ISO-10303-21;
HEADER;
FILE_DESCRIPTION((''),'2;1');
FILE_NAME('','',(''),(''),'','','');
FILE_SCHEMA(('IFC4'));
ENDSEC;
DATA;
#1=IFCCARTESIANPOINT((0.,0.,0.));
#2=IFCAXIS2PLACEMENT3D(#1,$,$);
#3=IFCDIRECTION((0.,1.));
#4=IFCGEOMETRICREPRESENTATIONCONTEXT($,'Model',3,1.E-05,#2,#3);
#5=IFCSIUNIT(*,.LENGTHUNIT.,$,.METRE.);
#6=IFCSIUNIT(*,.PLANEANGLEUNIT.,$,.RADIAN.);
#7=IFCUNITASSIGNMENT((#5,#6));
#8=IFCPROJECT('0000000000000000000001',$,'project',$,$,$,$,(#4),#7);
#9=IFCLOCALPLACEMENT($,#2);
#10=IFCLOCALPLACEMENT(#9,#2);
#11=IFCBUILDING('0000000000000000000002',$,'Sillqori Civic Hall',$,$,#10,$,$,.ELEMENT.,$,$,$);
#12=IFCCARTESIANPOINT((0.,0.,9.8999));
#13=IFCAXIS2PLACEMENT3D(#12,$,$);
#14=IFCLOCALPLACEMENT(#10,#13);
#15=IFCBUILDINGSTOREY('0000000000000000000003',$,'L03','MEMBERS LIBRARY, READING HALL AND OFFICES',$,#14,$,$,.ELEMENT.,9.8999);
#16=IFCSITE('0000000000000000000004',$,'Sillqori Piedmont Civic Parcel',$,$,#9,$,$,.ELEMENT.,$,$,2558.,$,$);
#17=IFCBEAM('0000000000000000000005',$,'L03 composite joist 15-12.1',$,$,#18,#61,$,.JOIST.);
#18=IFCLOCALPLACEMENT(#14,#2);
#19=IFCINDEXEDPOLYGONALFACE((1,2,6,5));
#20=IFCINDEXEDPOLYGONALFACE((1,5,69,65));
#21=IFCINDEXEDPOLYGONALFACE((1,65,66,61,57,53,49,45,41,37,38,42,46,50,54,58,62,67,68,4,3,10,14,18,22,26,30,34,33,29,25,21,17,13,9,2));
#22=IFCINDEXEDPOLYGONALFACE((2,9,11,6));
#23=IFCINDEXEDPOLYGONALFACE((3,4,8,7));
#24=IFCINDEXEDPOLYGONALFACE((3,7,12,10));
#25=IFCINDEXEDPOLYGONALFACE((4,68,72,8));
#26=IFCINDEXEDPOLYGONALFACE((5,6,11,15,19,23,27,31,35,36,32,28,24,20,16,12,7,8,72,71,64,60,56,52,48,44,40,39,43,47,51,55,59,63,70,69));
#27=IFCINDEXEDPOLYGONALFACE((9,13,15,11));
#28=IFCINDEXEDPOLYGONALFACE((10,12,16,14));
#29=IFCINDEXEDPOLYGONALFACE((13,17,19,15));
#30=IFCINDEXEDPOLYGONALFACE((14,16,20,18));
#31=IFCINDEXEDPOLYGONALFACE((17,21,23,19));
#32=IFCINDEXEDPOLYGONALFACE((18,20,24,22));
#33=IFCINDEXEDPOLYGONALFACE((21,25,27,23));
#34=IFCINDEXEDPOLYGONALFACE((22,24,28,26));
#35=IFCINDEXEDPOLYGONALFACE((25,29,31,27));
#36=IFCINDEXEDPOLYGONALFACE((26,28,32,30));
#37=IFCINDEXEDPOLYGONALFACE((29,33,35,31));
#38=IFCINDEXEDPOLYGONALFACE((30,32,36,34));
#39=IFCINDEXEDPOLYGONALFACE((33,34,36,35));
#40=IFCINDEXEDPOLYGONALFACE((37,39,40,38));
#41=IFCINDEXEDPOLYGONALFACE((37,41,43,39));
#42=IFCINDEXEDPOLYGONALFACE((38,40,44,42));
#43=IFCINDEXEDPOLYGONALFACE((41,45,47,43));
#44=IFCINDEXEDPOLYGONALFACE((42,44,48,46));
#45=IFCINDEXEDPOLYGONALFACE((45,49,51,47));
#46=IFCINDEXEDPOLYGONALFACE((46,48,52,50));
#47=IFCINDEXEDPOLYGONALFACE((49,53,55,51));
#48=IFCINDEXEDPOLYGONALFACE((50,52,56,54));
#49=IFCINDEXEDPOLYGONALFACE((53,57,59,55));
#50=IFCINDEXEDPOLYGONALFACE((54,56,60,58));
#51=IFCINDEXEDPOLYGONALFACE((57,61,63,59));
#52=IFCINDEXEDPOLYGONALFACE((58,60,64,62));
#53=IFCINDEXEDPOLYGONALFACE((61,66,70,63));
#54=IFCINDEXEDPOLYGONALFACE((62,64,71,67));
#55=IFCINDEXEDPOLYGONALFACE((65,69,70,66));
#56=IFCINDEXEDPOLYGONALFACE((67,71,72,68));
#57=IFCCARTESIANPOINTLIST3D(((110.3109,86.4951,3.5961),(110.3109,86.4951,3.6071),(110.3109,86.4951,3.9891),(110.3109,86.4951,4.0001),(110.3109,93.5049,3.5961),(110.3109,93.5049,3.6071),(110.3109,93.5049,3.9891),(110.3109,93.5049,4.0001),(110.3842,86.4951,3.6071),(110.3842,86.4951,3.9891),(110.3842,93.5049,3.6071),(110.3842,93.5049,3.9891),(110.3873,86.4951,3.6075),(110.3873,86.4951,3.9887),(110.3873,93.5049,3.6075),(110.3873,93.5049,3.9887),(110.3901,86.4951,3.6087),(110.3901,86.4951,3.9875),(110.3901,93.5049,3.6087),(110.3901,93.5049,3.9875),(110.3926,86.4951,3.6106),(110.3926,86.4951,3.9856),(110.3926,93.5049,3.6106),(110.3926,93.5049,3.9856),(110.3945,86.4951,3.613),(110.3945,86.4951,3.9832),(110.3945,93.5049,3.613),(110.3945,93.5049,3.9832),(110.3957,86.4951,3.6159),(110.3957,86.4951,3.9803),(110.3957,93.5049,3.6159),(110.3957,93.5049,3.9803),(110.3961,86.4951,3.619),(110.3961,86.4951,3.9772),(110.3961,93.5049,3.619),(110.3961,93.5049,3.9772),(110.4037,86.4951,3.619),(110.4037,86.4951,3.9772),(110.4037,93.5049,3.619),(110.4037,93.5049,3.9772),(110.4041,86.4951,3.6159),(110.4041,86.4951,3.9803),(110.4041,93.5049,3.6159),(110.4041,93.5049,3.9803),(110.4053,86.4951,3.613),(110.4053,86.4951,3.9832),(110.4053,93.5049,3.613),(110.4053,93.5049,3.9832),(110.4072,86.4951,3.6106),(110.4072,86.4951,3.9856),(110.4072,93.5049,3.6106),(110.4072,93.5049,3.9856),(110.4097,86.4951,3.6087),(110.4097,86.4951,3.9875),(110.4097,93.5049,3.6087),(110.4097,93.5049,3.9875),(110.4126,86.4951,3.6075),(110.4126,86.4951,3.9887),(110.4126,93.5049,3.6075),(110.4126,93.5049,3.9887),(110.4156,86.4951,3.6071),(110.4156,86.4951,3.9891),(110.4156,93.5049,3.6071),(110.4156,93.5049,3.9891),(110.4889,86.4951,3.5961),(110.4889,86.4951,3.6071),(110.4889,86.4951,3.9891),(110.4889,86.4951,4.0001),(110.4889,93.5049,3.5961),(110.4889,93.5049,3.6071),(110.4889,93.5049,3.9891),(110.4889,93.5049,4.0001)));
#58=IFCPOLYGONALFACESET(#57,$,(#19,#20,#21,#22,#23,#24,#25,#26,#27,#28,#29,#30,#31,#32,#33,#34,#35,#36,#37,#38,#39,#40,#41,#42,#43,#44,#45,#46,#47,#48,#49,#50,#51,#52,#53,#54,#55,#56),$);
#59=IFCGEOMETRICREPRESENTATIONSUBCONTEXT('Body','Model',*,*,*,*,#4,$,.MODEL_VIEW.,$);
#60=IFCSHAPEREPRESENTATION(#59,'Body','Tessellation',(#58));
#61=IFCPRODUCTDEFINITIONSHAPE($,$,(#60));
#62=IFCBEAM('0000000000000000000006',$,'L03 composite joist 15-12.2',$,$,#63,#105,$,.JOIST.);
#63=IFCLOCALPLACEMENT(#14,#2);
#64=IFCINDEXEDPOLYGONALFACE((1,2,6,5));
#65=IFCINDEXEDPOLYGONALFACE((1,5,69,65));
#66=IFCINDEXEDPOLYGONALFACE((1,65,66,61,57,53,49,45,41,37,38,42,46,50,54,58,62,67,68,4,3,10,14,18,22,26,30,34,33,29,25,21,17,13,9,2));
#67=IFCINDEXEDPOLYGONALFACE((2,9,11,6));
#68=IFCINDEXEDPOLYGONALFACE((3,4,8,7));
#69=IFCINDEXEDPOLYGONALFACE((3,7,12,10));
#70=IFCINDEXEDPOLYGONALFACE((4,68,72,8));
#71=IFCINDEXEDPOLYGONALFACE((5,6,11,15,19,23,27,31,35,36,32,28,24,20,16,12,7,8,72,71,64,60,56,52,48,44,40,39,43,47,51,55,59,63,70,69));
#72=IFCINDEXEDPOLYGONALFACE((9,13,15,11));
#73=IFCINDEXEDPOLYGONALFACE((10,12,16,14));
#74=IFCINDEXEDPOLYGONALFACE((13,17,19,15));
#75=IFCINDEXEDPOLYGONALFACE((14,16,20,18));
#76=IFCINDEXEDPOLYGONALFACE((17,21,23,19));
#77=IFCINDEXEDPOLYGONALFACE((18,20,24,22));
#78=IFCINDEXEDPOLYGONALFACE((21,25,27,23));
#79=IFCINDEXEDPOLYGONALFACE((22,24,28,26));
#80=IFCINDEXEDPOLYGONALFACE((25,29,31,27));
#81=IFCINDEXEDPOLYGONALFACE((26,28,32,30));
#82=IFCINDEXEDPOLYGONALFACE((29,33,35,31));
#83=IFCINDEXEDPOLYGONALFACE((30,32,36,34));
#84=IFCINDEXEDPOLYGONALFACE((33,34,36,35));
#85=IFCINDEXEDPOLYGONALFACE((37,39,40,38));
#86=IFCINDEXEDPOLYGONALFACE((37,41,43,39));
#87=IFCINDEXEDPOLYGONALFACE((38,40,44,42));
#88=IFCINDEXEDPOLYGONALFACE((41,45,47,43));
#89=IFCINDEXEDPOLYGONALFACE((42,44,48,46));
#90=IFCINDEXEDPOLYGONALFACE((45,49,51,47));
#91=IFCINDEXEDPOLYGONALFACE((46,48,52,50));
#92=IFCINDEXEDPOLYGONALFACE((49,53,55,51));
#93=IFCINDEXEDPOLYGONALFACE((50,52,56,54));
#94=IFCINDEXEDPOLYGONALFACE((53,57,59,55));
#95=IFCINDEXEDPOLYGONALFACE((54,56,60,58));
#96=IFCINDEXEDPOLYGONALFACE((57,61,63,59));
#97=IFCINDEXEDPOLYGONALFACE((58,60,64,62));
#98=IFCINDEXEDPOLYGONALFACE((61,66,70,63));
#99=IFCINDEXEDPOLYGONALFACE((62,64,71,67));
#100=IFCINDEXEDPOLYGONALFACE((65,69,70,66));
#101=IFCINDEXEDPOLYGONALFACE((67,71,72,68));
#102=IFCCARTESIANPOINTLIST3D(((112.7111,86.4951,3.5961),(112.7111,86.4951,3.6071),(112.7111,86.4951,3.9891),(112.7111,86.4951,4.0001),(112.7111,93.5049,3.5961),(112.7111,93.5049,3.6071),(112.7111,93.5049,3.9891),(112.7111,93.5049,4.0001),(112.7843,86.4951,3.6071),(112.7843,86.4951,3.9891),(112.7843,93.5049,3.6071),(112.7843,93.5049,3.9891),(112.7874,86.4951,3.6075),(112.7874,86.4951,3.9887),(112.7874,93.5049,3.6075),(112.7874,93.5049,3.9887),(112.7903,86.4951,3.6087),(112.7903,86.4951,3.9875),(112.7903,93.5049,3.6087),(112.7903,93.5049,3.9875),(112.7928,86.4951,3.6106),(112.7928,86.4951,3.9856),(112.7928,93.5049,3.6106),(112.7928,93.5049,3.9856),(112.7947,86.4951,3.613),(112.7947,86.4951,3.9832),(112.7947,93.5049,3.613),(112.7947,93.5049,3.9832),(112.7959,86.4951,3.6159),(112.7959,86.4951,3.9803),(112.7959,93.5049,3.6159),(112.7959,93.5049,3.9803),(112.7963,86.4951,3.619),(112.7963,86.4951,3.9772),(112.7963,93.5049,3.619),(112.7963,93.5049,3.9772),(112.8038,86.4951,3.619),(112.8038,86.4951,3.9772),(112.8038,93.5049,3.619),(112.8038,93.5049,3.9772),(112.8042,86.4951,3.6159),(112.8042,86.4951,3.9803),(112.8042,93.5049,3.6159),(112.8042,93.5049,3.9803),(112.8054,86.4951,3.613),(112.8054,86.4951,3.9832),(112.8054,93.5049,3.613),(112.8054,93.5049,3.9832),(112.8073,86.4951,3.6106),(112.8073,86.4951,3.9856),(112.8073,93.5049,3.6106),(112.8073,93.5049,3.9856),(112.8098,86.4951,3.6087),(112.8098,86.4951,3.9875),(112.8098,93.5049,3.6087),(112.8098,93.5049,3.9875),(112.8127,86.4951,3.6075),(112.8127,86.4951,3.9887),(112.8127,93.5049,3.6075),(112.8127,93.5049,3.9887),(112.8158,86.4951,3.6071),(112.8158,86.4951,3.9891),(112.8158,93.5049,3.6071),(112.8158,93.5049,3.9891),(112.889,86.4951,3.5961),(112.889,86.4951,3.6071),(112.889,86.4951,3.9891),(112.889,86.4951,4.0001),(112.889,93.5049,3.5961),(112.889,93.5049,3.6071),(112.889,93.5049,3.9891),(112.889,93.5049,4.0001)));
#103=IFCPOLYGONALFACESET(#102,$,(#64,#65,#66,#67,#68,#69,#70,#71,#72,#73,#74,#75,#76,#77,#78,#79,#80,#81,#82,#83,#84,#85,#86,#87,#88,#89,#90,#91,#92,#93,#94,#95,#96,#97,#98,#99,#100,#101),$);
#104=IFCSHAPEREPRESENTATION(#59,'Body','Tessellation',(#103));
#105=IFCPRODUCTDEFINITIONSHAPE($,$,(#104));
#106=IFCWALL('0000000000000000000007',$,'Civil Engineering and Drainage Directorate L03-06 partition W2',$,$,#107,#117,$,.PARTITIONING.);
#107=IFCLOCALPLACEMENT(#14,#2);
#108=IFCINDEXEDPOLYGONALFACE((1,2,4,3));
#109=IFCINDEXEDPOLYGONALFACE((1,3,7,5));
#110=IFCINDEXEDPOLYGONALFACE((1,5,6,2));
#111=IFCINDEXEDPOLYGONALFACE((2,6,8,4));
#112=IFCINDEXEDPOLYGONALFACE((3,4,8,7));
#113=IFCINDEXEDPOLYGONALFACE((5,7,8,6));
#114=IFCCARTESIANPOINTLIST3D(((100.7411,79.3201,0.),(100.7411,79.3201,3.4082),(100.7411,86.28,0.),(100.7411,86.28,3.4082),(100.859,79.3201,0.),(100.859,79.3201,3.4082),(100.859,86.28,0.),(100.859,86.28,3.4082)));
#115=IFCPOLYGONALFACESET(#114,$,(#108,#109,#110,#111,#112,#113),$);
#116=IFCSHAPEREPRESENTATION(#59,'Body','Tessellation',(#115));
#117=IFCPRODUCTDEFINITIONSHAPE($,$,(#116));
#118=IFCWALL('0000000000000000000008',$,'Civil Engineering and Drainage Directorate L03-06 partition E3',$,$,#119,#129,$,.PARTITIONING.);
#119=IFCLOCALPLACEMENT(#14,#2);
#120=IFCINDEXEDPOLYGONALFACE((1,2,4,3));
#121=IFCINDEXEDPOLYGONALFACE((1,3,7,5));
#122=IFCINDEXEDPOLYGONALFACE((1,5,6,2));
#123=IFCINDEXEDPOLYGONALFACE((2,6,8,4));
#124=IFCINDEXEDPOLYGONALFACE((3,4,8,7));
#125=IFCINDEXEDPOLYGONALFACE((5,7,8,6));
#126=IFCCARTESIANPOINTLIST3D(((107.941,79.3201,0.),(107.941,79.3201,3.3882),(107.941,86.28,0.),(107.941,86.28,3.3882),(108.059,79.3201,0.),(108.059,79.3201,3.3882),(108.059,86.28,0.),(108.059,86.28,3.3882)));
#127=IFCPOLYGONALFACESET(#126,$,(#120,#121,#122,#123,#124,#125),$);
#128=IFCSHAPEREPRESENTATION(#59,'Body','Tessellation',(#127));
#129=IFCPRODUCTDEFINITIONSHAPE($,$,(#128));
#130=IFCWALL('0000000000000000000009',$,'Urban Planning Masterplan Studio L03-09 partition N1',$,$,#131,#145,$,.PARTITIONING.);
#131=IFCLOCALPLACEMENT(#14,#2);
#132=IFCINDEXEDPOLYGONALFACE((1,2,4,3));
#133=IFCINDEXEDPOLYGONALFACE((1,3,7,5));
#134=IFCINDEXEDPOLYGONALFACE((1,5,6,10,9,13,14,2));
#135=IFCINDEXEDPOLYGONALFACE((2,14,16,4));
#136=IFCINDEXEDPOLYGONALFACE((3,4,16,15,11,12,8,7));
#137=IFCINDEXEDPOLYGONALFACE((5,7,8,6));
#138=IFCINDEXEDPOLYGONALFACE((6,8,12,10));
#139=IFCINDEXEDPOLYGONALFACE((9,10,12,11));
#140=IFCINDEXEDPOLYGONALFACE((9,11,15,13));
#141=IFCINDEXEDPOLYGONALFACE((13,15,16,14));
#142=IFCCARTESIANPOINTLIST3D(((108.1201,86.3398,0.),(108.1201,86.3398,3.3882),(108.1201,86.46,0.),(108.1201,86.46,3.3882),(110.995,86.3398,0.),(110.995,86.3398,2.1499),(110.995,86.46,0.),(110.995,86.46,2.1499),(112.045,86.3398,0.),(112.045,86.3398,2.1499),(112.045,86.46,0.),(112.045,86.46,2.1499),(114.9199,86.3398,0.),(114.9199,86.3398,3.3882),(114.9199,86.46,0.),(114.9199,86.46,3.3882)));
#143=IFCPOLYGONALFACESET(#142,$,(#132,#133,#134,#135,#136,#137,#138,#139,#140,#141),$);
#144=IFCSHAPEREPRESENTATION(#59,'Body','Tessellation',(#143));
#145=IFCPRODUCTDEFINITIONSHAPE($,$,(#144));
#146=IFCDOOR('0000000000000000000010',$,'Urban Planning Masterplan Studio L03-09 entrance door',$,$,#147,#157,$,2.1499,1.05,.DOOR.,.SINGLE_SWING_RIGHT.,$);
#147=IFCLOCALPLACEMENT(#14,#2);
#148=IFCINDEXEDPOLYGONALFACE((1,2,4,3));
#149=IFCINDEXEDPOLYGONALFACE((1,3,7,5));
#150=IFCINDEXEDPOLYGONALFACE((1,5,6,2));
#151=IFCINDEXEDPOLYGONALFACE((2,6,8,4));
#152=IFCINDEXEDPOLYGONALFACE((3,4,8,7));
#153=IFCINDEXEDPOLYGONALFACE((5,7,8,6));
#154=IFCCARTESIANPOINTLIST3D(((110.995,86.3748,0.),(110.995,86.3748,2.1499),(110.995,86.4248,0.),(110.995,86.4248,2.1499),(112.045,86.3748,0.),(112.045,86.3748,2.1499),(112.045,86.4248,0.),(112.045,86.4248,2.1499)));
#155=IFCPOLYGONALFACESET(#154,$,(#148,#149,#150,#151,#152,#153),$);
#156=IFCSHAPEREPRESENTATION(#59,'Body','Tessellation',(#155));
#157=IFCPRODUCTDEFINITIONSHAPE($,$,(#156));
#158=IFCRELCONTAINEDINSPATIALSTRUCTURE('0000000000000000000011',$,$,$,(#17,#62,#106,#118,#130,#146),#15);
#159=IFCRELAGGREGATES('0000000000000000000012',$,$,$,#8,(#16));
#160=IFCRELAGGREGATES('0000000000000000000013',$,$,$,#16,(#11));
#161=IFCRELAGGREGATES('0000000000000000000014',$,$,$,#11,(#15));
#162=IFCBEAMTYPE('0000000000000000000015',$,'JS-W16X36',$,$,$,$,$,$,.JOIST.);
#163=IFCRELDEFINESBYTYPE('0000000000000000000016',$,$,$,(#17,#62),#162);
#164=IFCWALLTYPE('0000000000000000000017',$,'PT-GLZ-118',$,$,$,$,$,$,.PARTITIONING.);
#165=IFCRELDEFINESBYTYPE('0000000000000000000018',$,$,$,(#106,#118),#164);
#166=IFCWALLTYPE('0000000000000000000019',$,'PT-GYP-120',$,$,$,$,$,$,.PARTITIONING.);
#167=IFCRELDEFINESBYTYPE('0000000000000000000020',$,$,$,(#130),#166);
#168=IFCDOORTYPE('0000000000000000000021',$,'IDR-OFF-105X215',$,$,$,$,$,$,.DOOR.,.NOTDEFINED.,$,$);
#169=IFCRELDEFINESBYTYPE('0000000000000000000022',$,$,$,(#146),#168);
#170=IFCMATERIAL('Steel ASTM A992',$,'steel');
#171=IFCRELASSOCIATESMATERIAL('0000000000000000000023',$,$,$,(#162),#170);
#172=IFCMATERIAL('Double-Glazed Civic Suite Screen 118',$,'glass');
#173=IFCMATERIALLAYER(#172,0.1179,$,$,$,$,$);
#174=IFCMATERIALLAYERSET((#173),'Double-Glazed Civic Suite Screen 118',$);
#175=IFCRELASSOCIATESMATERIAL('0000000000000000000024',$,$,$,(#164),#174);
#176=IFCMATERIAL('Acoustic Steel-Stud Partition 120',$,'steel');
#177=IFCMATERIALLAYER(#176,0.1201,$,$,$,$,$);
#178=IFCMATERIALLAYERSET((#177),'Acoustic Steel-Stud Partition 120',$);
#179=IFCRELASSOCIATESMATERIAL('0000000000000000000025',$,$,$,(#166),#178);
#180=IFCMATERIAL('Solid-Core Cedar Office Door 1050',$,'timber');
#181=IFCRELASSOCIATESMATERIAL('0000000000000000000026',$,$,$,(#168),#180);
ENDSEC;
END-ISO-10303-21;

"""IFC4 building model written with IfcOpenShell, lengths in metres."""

from ifc_helpers import new_model, si_unit, direction, frame, frame_2d, origin, origin_2d, place, context, subcontext, project, spatial, rectangle, i_section, extrude, material, layer, layer_set, material_profile, profile_set, type_object, element, fill, save


model = new_model("IFC4")

# Units and contexts
model_context = context("Model", 3, precision=1e-05, world=origin(), true_north=direction((0.0, 1.0)))
body_context = subcontext(model_context, "Body", "Model", "MODEL_VIEW")
ifc_project = project(units=[si_unit("LENGTHUNIT", "METRE"), si_unit("PLANEANGLEUNIT", "RADIAN")], contexts=[model_context])

# Site, building, storey
site_placement = place(None, origin())
site = spatial("IfcSite", under=ifc_project, at=site_placement, Name="Sillqori Piedmont Civic Parcel", CompositionType="ELEMENT", RefElevation=2558.0)
building_placement = place(site_placement, origin())
building = spatial("IfcBuilding", under=site, at=building_placement, Name="Sillqori Civic Hall", CompositionType="ELEMENT")
storey_placement = place(building_placement, frame((0.0, 0.0, 9.8999)))
storey = spatial("IfcBuildingStorey", under=building, at=storey_placement, Name="L03", Description="MEMBERS LIBRARY, READING HALL AND OFFICES", CompositionType="ELEMENT", Elevation=9.8999)

# Shared definitions
ifc_material_1 = material(Name="Steel ASTM A992", Category="steel")

# Beams
ifc_material_profile_1 = material_profile(ifc_material_1, i_section(OverallWidth=0.178, OverallDepth=0.4041, WebThickness=0.0076, FlangeThickness=0.011, FilletRadius=0.012, at=origin_2d()), Name="W16X36")
ifc_profile_set_1 = profile_set([ifc_material_profile_1], Name="Steel ASTM A992")
beam_type_1 = type_object("IfcBeamType", Name="JS-W16X36", PredefinedType="JOIST", material=ifc_profile_set_1)
for number, where, z_axis, x_axis, name in (
    (1, (110.3999, 86.4951, 3.7981), (0.0, 1.0, 0.0), (-1.0, 0.0, 0.0), "L03 composite joist 15-12.1"),
    (2, (112.8, 86.4951, 3.7981), (0.0, 1.0, 0.0), (-1.0, 0.0, 0.0), "L03 composite joist 15-12.2"),
):
    element("IfcBeam", number, at=place(storey_placement, frame(where, z_axis=z_axis, x_axis=x_axis)), inside=storey, type_object=beam_type_1, Name=name, PredefinedType="JOIST", context=body_context, shape_type="SweptSolid", body=[
        extrude(i_section(OverallWidth=0.178, OverallDepth=0.4041, WebThickness=0.0076, FlangeThickness=0.011, FilletRadius=0.012, at=origin_2d()), origin(), (0.0, 0.0, 1.0), 7.0098),
    ])

# Walls
ifc_material_2 = material(Name="Double-Glazed Civic Suite Screen 118", Category="glass")
ifc_layer_1 = layer(ifc_material_2, 0.1179)
ifc_layer_set_1 = layer_set([ifc_layer_1], Name="Double-Glazed Civic Suite Screen 118")
wall_type_1 = type_object("IfcWallType", Name="PT-GLZ-118", PredefinedType="PARTITIONING", material=ifc_layer_set_1)
wall_1_placement = place(storey_placement, frame((100.8, 79.3201, 0.0), z_axis=(0.0, 0.0, 1.0), x_axis=(0.0, 1.0, 0.0)))
element("IfcWall", 3, at=wall_1_placement, inside=storey, type_object=wall_type_1, Name="Civil Engineering and Drainage Directorate L03-06 partition W2", PredefinedType="PARTITIONING", context=body_context, shape_type="SweptSolid", body=[
    extrude(rectangle(XDim=6.96, YDim=0.1179, at=frame_2d((3.48, 0.0))), origin(), (0.0, 0.0, 1.0), 3.4082),
])
wall_2_placement = place(storey_placement, frame((108.0, 86.28, 0.0), z_axis=(0.0, 0.0, 1.0), x_axis=(0.0, -1.0, 0.0)))
element("IfcWall", 4, at=wall_2_placement, inside=storey, type_object=wall_type_1, Name="Civil Engineering and Drainage Directorate L03-06 partition E3", PredefinedType="PARTITIONING", context=body_context, shape_type="SweptSolid", body=[
    extrude(rectangle(XDim=6.96, YDim=0.1179, at=frame_2d((3.48, 0.0))), origin(), (0.0, 0.0, 1.0), 3.3882),
])

# Wall, opening, door
ifc_material_3 = material(Name="Acoustic Steel-Stud Partition 120", Category="steel")
ifc_layer_2 = layer(ifc_material_3, 0.1201)
ifc_layer_set_2 = layer_set([ifc_layer_2], Name="Acoustic Steel-Stud Partition 120")
wall_type_2 = type_object("IfcWallType", Name="PT-GYP-120", PredefinedType="PARTITIONING", material=ifc_layer_set_2)
wall_3_placement = place(storey_placement, frame((108.1201, 86.3999, 0.0), z_axis=(0.0, 0.0, 1.0), x_axis=(1.0, 0.0, 0.0)))
wall_3 = element("IfcWall", 5, at=wall_3_placement, inside=storey, type_object=wall_type_2, Name="Urban Planning Masterplan Studio L03-09 partition N1", PredefinedType="PARTITIONING", context=body_context, shape_type="SweptSolid", body=[
    extrude(rectangle(XDim=6.7998, YDim=0.1201, at=frame_2d((3.3999, 0.0))), origin(), (0.0, 0.0, 1.0), 3.3882),
])
opening_1_placement = place(wall_3_placement, frame((2.875, 0.0, 0.0)))
opening_1 = element("IfcOpeningElement", 6, at=opening_1_placement, cuts=wall_3, PredefinedType="OPENING", context=body_context, shape_type="SweptSolid", body=[
    extrude(rectangle(XDim=1.05, YDim=2.1499, at=frame_2d((0.5249, 1.075))), frame((0.0, 0.0701, 0.0), z_axis=(0.0, -1.0, 0.0), x_axis=(1.0, 0.0, 0.0)), (0.0, 0.0, 1.0), 0.1401),
])
ifc_material_4 = material(Name="Solid-Core Cedar Office Door 1050", Category="timber")
door_type_1 = type_object("IfcDoorType", Name="IDR-OFF-105X215", OperationType="NOTDEFINED", PredefinedType="DOOR", material=ifc_material_4)
door_1_placement = place(opening_1_placement, origin())
door_1 = element("IfcDoor", 7, at=door_1_placement, inside=storey, type_object=door_type_1, Name="Urban Planning Masterplan Studio L03-09 entrance door", OperationType="SINGLE_SWING_RIGHT", OverallHeight=2.1499, OverallWidth=1.05, PredefinedType="DOOR", context=body_context, shape_type="SweptSolid", body=[
    extrude(rectangle(XDim=1.05, YDim=2.1499, at=frame_2d((0.5249, 1.075))), frame((0.0, 0.0249, 0.0), z_axis=(0.0, -1.0, 0.0), x_axis=(1.0, 0.0, 0.0)), (0.0, 0.0, 1.0), 0.05),
])
fill(opening_1, door_1)

save(model, "model.ifc")
